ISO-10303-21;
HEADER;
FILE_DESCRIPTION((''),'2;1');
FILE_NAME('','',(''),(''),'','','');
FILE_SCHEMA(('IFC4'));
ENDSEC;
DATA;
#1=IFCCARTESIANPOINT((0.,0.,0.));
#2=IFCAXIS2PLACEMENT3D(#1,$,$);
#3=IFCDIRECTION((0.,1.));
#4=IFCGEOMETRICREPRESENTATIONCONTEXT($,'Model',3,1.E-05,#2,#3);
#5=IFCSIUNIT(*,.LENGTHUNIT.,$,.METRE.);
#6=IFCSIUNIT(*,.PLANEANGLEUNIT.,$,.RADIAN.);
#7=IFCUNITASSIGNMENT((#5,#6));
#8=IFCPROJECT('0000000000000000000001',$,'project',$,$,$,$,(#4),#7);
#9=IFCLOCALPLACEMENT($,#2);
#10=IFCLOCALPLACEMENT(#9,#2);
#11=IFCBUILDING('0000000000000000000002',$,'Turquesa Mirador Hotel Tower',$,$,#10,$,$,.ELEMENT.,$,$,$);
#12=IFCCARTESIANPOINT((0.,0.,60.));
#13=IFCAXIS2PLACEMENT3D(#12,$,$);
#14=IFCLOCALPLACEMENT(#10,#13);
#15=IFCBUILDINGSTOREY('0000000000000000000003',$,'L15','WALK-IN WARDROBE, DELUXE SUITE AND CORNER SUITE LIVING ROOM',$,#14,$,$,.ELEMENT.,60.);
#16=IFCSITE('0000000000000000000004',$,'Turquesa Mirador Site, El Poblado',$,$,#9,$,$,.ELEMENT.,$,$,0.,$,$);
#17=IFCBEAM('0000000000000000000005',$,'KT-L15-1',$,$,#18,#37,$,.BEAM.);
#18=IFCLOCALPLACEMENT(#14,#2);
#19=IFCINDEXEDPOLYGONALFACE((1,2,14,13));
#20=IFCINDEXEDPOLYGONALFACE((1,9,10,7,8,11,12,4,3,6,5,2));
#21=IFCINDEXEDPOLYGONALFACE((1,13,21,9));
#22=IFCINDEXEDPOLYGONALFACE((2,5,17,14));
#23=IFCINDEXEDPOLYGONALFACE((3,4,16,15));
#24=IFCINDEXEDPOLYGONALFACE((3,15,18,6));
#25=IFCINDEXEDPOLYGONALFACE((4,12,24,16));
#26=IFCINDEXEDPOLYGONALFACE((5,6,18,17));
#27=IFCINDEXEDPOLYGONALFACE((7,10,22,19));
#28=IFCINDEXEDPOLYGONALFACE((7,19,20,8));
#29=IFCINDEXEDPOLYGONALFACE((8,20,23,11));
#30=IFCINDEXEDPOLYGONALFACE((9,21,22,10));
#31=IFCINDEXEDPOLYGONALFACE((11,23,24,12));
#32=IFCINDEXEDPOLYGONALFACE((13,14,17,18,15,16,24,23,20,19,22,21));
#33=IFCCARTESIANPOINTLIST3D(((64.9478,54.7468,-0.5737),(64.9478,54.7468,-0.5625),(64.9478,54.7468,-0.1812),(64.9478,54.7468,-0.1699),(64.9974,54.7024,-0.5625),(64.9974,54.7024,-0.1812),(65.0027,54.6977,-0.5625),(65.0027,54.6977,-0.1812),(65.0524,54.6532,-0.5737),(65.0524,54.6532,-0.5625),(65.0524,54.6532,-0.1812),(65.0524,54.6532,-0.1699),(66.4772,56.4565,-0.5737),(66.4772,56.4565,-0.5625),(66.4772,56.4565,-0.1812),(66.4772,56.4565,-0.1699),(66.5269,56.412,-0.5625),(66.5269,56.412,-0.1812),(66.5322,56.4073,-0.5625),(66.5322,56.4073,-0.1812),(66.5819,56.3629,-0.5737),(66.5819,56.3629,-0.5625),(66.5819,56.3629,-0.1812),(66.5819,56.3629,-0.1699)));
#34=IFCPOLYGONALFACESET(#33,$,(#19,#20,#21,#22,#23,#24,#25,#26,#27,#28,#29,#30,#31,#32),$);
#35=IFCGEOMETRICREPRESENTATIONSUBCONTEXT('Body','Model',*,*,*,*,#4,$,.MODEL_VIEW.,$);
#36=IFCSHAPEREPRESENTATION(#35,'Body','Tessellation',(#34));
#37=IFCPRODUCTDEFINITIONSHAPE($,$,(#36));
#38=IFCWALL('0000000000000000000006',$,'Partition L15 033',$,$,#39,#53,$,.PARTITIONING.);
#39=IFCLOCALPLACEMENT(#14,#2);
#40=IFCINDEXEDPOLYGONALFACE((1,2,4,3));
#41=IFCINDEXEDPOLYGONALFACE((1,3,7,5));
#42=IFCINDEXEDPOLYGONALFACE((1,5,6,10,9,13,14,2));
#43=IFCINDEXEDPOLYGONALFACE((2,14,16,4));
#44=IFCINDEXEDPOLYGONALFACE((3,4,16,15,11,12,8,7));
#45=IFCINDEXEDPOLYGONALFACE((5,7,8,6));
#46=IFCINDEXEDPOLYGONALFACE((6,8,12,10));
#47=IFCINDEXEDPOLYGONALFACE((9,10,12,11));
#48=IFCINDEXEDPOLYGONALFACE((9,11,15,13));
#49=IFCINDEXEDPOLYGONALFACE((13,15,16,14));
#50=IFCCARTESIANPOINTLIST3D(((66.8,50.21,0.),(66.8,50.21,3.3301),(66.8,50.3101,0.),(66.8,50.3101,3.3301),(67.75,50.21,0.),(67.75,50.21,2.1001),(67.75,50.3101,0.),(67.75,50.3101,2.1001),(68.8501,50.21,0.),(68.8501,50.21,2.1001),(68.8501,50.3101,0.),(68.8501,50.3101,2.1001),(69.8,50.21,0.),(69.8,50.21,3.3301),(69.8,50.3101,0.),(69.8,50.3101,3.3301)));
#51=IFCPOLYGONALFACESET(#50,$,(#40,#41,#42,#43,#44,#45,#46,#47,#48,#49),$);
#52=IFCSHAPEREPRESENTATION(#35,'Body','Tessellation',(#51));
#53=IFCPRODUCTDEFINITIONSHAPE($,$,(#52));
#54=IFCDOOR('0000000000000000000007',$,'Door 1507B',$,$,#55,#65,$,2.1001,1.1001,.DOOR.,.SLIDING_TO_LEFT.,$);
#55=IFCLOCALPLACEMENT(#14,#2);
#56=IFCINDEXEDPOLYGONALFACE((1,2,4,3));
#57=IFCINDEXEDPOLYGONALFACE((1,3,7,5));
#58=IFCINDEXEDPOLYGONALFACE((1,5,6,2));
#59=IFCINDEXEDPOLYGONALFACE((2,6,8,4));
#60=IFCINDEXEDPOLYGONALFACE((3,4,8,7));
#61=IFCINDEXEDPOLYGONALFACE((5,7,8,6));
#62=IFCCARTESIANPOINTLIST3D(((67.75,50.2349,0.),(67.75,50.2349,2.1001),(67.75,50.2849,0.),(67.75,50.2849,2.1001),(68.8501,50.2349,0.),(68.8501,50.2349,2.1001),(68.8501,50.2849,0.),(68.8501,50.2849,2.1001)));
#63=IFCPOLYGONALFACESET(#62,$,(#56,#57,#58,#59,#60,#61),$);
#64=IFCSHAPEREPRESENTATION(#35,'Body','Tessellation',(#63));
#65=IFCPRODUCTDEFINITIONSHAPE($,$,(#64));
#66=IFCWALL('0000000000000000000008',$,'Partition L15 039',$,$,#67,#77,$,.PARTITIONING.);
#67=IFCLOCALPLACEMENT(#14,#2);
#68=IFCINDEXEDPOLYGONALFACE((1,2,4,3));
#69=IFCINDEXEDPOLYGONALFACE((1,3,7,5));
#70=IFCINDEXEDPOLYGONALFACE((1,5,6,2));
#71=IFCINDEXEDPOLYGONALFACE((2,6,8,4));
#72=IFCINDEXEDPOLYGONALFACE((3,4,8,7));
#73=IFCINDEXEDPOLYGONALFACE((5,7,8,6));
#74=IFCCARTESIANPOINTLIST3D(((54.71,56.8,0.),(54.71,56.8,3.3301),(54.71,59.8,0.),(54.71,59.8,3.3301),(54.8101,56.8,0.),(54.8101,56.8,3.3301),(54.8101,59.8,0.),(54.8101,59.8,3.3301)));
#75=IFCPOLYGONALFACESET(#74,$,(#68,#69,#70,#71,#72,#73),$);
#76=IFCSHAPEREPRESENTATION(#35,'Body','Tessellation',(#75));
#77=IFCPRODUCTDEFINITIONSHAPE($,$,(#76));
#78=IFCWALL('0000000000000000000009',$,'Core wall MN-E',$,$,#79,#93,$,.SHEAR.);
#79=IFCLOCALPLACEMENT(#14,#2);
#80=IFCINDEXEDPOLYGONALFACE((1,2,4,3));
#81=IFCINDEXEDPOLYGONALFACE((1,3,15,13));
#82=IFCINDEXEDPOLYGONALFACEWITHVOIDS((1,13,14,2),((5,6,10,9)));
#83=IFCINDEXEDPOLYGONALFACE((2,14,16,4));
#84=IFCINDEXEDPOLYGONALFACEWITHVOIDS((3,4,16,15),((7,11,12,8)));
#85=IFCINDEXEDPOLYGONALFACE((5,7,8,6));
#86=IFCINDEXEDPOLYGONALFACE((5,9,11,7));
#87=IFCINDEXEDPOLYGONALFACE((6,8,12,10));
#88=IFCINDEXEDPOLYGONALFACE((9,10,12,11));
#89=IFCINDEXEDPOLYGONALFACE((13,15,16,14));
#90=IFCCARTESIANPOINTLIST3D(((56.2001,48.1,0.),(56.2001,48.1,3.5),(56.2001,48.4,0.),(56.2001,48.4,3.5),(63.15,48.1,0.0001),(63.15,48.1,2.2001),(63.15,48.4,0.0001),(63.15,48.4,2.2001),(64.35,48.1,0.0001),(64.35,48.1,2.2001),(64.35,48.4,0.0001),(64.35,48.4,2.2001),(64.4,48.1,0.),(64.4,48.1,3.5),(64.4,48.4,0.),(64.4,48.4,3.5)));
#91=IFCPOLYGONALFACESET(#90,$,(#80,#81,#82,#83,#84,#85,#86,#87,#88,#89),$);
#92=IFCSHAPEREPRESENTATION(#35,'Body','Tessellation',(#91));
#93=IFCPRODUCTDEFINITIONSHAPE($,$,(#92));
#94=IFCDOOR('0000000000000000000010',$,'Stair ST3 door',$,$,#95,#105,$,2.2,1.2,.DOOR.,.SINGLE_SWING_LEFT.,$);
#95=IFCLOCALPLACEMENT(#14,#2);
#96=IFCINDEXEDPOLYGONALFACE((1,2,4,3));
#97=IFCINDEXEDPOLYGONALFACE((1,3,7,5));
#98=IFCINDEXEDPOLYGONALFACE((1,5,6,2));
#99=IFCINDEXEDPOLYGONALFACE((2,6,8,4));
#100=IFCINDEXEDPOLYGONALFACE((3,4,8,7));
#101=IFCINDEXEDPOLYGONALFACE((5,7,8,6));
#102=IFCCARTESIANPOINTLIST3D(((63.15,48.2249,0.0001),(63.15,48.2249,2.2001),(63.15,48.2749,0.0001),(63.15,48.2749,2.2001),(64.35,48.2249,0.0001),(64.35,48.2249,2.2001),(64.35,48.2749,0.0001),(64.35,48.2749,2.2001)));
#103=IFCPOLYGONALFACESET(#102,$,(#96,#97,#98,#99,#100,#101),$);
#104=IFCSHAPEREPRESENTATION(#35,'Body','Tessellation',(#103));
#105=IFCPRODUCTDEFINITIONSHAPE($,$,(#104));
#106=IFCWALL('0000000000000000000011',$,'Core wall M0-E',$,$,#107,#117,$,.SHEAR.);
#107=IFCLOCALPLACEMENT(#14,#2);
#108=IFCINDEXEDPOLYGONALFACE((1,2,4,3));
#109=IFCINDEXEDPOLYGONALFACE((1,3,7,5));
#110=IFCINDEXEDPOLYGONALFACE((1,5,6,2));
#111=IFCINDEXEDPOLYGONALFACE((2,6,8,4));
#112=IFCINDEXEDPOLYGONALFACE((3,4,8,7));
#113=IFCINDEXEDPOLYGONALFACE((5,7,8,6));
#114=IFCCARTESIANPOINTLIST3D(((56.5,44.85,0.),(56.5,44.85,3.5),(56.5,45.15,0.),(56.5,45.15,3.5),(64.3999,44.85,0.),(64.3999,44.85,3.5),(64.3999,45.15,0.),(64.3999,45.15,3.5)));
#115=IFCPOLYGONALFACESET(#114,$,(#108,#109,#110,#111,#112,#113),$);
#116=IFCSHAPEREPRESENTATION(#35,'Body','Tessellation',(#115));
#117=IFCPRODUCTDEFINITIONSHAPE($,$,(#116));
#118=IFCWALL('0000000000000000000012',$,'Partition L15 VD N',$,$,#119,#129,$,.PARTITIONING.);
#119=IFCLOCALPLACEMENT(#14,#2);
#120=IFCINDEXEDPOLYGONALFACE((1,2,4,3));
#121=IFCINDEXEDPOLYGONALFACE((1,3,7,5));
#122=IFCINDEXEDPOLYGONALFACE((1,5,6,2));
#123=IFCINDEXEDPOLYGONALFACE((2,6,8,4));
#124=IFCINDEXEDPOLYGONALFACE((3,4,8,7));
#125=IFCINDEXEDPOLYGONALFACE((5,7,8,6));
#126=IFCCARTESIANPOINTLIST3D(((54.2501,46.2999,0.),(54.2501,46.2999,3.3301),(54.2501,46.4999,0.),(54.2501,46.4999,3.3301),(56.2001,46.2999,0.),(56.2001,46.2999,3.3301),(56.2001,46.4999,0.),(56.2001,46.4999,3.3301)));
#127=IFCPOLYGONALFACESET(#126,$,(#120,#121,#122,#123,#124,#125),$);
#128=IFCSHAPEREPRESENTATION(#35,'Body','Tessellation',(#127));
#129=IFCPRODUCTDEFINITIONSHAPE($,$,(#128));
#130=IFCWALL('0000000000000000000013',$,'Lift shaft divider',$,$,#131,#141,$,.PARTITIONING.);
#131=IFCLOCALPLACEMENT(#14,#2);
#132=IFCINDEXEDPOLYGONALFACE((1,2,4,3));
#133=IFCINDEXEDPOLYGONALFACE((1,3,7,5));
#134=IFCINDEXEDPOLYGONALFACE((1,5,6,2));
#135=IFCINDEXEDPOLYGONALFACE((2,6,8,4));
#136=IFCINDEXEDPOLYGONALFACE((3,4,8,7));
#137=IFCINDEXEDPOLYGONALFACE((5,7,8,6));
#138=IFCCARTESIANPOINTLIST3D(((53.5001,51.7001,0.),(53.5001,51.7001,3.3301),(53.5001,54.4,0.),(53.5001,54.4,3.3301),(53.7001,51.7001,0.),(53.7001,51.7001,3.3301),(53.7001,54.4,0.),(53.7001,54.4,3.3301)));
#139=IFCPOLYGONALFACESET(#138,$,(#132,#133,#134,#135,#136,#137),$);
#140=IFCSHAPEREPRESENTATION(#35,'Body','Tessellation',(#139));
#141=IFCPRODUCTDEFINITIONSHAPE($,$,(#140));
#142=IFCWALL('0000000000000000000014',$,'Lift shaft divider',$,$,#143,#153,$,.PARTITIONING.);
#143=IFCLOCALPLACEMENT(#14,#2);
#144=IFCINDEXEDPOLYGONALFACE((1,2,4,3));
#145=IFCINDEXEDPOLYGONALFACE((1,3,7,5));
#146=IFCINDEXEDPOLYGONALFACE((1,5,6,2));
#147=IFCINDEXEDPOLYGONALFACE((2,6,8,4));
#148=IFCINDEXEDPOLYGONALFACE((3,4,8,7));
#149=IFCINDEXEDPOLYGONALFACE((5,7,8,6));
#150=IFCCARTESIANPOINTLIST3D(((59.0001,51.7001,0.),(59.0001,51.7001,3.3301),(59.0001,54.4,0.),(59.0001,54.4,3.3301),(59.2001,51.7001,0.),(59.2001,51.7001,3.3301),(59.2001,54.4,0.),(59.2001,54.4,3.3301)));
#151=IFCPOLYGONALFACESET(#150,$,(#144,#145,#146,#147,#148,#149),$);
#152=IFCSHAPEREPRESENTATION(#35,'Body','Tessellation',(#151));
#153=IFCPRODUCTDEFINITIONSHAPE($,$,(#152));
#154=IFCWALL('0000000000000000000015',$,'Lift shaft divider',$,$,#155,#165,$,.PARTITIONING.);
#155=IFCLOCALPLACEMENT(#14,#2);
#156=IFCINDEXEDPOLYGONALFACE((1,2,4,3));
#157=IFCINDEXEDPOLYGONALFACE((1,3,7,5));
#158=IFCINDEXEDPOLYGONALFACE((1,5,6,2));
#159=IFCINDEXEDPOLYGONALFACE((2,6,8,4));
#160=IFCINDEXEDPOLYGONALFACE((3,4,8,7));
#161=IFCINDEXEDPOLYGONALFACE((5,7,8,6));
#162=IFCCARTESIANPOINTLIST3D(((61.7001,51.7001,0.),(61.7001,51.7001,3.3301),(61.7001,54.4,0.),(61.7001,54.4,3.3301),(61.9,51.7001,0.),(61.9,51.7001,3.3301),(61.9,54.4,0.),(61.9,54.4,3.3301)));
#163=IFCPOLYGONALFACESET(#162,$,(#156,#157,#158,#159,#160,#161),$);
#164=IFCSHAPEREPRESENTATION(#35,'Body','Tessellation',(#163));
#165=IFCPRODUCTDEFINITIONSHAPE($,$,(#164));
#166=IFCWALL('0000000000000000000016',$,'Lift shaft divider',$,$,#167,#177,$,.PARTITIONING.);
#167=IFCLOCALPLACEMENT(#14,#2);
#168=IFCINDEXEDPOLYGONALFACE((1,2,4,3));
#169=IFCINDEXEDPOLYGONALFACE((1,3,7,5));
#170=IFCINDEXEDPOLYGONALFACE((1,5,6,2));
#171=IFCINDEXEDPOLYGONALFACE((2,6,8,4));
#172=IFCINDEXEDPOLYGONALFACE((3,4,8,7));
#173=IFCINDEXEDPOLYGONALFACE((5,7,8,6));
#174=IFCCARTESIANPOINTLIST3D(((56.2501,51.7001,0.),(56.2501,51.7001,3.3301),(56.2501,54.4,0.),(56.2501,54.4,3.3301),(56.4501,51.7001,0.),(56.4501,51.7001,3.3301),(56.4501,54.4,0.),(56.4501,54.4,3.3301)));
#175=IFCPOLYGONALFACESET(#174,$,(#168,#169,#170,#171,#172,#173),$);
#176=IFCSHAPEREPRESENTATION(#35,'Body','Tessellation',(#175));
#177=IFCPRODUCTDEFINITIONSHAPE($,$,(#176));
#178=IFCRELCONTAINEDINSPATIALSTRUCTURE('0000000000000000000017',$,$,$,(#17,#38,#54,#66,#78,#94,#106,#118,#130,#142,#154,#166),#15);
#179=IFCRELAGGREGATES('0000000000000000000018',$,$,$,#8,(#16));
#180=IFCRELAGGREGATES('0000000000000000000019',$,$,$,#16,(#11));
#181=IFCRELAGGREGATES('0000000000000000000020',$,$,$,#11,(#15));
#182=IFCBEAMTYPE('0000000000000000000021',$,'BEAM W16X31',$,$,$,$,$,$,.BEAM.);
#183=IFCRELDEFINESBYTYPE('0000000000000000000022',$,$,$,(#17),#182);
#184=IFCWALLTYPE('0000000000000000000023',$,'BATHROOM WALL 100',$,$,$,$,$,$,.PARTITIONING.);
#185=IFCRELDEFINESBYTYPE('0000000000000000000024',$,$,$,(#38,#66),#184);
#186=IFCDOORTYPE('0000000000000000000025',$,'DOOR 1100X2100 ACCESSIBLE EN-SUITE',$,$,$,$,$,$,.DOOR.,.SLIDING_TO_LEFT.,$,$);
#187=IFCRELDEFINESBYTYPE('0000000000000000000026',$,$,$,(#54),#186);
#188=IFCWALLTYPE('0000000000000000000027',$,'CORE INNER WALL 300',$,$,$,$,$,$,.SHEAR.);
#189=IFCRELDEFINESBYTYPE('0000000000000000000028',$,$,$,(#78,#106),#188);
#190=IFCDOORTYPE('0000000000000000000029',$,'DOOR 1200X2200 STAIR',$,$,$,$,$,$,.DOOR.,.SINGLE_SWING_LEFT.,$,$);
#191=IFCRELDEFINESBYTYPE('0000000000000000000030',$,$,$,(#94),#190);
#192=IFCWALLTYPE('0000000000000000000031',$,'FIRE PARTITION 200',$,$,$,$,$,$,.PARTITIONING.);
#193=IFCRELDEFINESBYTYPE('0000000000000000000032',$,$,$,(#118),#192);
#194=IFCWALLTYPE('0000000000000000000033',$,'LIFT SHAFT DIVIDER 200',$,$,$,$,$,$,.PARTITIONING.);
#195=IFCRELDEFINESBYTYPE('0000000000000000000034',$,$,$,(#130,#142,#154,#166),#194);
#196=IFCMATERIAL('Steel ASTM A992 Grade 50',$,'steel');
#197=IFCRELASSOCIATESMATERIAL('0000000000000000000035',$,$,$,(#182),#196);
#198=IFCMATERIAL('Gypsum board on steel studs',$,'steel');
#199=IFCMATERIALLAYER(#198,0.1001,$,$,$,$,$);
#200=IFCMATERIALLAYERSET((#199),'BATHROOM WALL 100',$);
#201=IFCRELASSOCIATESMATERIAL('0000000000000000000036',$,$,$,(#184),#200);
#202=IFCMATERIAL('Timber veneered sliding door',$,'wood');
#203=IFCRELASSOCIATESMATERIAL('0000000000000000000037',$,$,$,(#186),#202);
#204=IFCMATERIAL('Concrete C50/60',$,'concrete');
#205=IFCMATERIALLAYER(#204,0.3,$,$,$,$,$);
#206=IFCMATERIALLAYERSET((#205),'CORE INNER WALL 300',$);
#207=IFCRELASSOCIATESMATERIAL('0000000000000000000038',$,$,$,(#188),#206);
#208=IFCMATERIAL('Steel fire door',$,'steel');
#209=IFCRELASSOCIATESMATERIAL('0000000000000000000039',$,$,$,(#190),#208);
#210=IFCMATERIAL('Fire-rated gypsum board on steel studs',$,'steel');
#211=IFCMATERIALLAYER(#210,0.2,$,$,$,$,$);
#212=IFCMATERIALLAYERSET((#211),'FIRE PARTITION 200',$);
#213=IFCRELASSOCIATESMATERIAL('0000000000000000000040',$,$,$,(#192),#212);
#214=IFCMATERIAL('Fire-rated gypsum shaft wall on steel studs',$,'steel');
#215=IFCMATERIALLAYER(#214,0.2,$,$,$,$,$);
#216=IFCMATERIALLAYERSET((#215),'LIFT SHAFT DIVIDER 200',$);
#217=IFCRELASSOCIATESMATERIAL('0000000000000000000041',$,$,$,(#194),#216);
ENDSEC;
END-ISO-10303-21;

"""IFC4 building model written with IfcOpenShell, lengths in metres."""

from ifc_helpers import new_model, si_unit, direction, frame, frame_2d, origin, origin_2d, place, context, subcontext, project, spatial, rectangle, i_section, extrude, material, layer, layer_set, material_profile, profile_set, type_object, element, fill, save


model = new_model("IFC4")

# Units and contexts
model_context = context("Model", 3, precision=1e-05, world=origin(), true_north=direction((0.0, 1.0)))
body_context = subcontext(model_context, "Body", "Model", "MODEL_VIEW")
ifc_project = project(units=[si_unit("LENGTHUNIT", "METRE"), si_unit("PLANEANGLEUNIT", "RADIAN")], contexts=[model_context])

# Site, building, storey
site_placement = place(None, origin())
site = spatial("IfcSite", under=ifc_project, at=site_placement, Name="Turquesa Mirador Site, El Poblado", CompositionType="ELEMENT", RefElevation=0.0)
building_placement = place(site_placement, origin())
building = spatial("IfcBuilding", under=site, at=building_placement, Name="Turquesa Mirador Hotel Tower", CompositionType="ELEMENT")
storey_placement = place(building_placement, frame((0.0, 0.0, 60.0)))
storey = spatial("IfcBuildingStorey", under=building, at=storey_placement, Name="L15", Description="WALK-IN WARDROBE, DELUXE SUITE AND CORNER SUITE LIVING ROOM", CompositionType="ELEMENT", Elevation=60.0)

# Beam
ifc_material_1 = material(Name="Steel ASTM A992 Grade 50", Category="steel")
ifc_material_profile = material_profile(ifc_material_1, i_section(OverallWidth=0.1404, OverallDepth=0.4038, WebThickness=0.0071, FlangeThickness=0.0112, at=origin_2d()), Name="W16X31")
ifc_profile_set = profile_set([ifc_material_profile], Name="Steel ASTM A992 Grade 50")
beam_type = type_object("IfcBeamType", Name="BEAM W16X31", PredefinedType="BEAM", material=ifc_profile_set)
beam_placement = place(storey_placement, frame((66.5295, 56.4097, -0.3718), z_axis=(-0.666745, -0.745286, 0.0), x_axis=(0.745286, -0.666745, 0.0)))
element("IfcBeam", 1, at=beam_placement, inside=storey, type_object=beam_type, Name="KT-L15-1", PredefinedType="BEAM", context=body_context, shape_type="SweptSolid", body=[
    extrude(i_section(OverallWidth=0.1404, OverallDepth=0.4038, WebThickness=0.0071, FlangeThickness=0.0112, at=origin_2d()), origin(), (0.0, 0.0, 1.0), 2.2939),
])

# Wall, opening, door
ifc_material_2 = material(Name="Gypsum board on steel studs", Category="steel")
ifc_layer_1 = layer(ifc_material_2, 0.1001)
ifc_layer_set_1 = layer_set([ifc_layer_1], Name="BATHROOM WALL 100")
wall_type_1 = type_object("IfcWallType", Name="BATHROOM WALL 100", PredefinedType="PARTITIONING", material=ifc_layer_set_1)
wall_1_placement = place(storey_placement, frame((66.8, 50.26, 0.0), z_axis=(0.0, 0.0, 1.0), x_axis=(1.0, 0.0, 0.0)))
wall_1 = element("IfcWall", 2, at=wall_1_placement, inside=storey, type_object=wall_type_1, Name="Partition L15 033", PredefinedType="PARTITIONING", context=body_context, shape_type="SweptSolid", body=[
    extrude(rectangle(XDim=3.0, YDim=0.1001, at=frame_2d((1.5, 0.0))), origin(), (0.0, 0.0, 1.0), 3.3301),
])
opening_1_placement = place(wall_1_placement, frame((0.95, 0.0, 0.0)))
opening_1 = element("IfcOpeningElement", 3, at=opening_1_placement, cuts=wall_1, PredefinedType="OPENING", context=body_context, shape_type="SweptSolid", body=[
    extrude(rectangle(XDim=1.1001, YDim=2.1001, at=frame_2d((0.55, 1.05))), frame((0.0, 0.0601, 0.0), z_axis=(0.0, -1.0, 0.0), x_axis=(1.0, 0.0, 0.0)), (0.0, 0.0, 1.0), 0.1201),
])
ifc_material_3 = material(Name="Timber veneered sliding door", Category="wood")
door_type_1 = type_object("IfcDoorType", Name="DOOR 1100X2100 ACCESSIBLE EN-SUITE", OperationType="SLIDING_TO_LEFT", PredefinedType="DOOR", material=ifc_material_3)
door_1_placement = place(opening_1_placement, origin())
door_1 = element("IfcDoor", 4, at=door_1_placement, inside=storey, type_object=door_type_1, Name="Door 1507B", OperationType="SLIDING_TO_LEFT", OverallHeight=2.1001, OverallWidth=1.1001, PredefinedType="DOOR", context=body_context, shape_type="SweptSolid", body=[
    extrude(rectangle(XDim=1.1001, YDim=2.1001, at=frame_2d((0.55, 1.05))), frame((0.0, 0.0249, 0.0), z_axis=(0.0, -1.0, 0.0), x_axis=(1.0, 0.0, 0.0)), (0.0, 0.0, 1.0), 0.05),
])
fill(opening_1, door_1)

# Wall
wall_2_placement = place(storey_placement, frame((54.76, 56.8, 0.0), z_axis=(0.0, 0.0, 1.0), x_axis=(0.0, 1.0, 0.0)))
element("IfcWall", 5, at=wall_2_placement, inside=storey, type_object=wall_type_1, Name="Partition L15 039", PredefinedType="PARTITIONING", context=body_context, shape_type="SweptSolid", body=[
    extrude(rectangle(XDim=3.0, YDim=0.1001, at=frame_2d((1.5, 0.0))), origin(), (0.0, 0.0, 1.0), 3.3301),
])

# Wall, opening, door
ifc_material_4 = material(Name="Concrete C50/60", Category="concrete")
ifc_layer_2 = layer(ifc_material_4, 0.3)
ifc_layer_set_2 = layer_set([ifc_layer_2], Name="CORE INNER WALL 300")
wall_type_2 = type_object("IfcWallType", Name="CORE INNER WALL 300", PredefinedType="SHEAR", material=ifc_layer_set_2)
wall_3_placement = place(storey_placement, frame((56.2, 48.25, 0.0), z_axis=(0.0, 0.0, 1.0), x_axis=(1.0, 0.0, 0.0)))
wall_3 = element("IfcWall", 6, at=wall_3_placement, inside=storey, type_object=wall_type_2, Name="Core wall MN-E", PredefinedType="SHEAR", context=body_context, shape_type="SweptSolid", body=[
    extrude(rectangle(XDim=8.2, YDim=0.3, at=frame_2d((4.1001, 0.0))), origin(), (0.0, 0.0, 1.0), 3.5),
])
opening_2_placement = place(wall_3_placement, frame((6.95, 0.0, 0.0)))
opening_2 = element("IfcOpeningElement", 7, at=opening_2_placement, cuts=wall_3, PredefinedType="OPENING", context=body_context, shape_type="SweptSolid", body=[
    extrude(rectangle(XDim=1.2, YDim=2.2, at=frame_2d((0.6001, 1.1001))), frame((0.0, 0.1599, 0.0), z_axis=(0.0, -1.0, 0.0), x_axis=(1.0, 0.0, 0.0)), (0.0, 0.0, 1.0), 0.3201),
])
ifc_material_5 = material(Name="Steel fire door", Category="steel")
door_type_2 = type_object("IfcDoorType", Name="DOOR 1200X2200 STAIR", OperationType="SINGLE_SWING_LEFT", PredefinedType="DOOR", material=ifc_material_5)
door_2_placement = place(opening_2_placement, origin())
door_2 = element("IfcDoor", 8, at=door_2_placement, inside=storey, type_object=door_type_2, Name="Stair ST3 door", OperationType="SINGLE_SWING_LEFT", OverallHeight=2.2, OverallWidth=1.2, PredefinedType="DOOR", context=body_context, shape_type="SweptSolid", body=[
    extrude(rectangle(XDim=1.2, YDim=2.2, at=frame_2d((0.6001, 1.1001))), frame((0.0, 0.0249, 0.0), z_axis=(0.0, -1.0, 0.0), x_axis=(1.0, 0.0, 0.0)), (0.0, 0.0, 1.0), 0.05),
])
fill(opening_2, door_2)

# Walls
wall_4_placement = place(storey_placement, frame((56.5, 45.0, 0.0), z_axis=(0.0, 0.0, 1.0), x_axis=(1.0, 0.0, 0.0)))
element("IfcWall", 9, at=wall_4_placement, inside=storey, type_object=wall_type_2, Name="Core wall M0-E", PredefinedType="SHEAR", context=body_context, shape_type="SweptSolid", body=[
    extrude(rectangle(XDim=7.8999, YDim=0.3, at=frame_2d((3.95, 0.0))), origin(), (0.0, 0.0, 1.0), 3.5),
])
ifc_material_6 = material(Name="Fire-rated gypsum board on steel studs", Category="steel")
ifc_layer_3 = layer(ifc_material_6, 0.2)
ifc_layer_set_3 = layer_set([ifc_layer_3], Name="FIRE PARTITION 200")
wall_type_3 = type_object("IfcWallType", Name="FIRE PARTITION 200", PredefinedType="PARTITIONING", material=ifc_layer_set_3)
wall_5_placement = place(storey_placement, frame((54.25, 46.3999, 0.0), z_axis=(0.0, 0.0, 1.0), x_axis=(1.0, 0.0, 0.0)))
element("IfcWall", 10, at=wall_5_placement, inside=storey, type_object=wall_type_3, Name="Partition L15 VD N", PredefinedType="PARTITIONING", context=body_context, shape_type="SweptSolid", body=[
    extrude(rectangle(XDim=1.95, YDim=0.2, at=frame_2d((0.9751, 0.0))), origin(), (0.0, 0.0, 1.0), 3.3301),
])
ifc_material_7 = material(Name="Fire-rated gypsum shaft wall on steel studs", Category="steel")
ifc_layer_4 = layer(ifc_material_7, 0.2)
ifc_layer_set_4 = layer_set([ifc_layer_4], Name="LIFT SHAFT DIVIDER 200")
wall_type_4 = type_object("IfcWallType", Name="LIFT SHAFT DIVIDER 200", PredefinedType="PARTITIONING", material=ifc_layer_set_4)
for number, where, z_axis, x_axis, name in (
    (11, (53.6001, 51.7, 0.0), (0.0, 0.0, 1.0), (0.0, 1.0, 0.0), "Lift shaft divider"),
    (12, (59.1001, 51.7, 0.0), (0.0, 0.0, 1.0), (0.0, 1.0, 0.0), "Lift shaft divider"),
    (13, (61.8, 51.7, 0.0), (0.0, 0.0, 1.0), (0.0, 1.0, 0.0), "Lift shaft divider"),
    (14, (56.3501, 51.7, 0.0), (0.0, 0.0, 1.0), (0.0, 1.0, 0.0), "Lift shaft divider"),
):
    element("IfcWall", number, at=place(storey_placement, frame(where, z_axis=z_axis, x_axis=x_axis)), inside=storey, type_object=wall_type_4, Name=name, PredefinedType="PARTITIONING", context=body_context, shape_type="SweptSolid", body=[
        extrude(rectangle(XDim=2.7, YDim=0.2, at=frame_2d((1.3501, 0.0))), origin(), (0.0, 0.0, 1.0), 3.3301),
    ])

save(model, "model.ifc")
